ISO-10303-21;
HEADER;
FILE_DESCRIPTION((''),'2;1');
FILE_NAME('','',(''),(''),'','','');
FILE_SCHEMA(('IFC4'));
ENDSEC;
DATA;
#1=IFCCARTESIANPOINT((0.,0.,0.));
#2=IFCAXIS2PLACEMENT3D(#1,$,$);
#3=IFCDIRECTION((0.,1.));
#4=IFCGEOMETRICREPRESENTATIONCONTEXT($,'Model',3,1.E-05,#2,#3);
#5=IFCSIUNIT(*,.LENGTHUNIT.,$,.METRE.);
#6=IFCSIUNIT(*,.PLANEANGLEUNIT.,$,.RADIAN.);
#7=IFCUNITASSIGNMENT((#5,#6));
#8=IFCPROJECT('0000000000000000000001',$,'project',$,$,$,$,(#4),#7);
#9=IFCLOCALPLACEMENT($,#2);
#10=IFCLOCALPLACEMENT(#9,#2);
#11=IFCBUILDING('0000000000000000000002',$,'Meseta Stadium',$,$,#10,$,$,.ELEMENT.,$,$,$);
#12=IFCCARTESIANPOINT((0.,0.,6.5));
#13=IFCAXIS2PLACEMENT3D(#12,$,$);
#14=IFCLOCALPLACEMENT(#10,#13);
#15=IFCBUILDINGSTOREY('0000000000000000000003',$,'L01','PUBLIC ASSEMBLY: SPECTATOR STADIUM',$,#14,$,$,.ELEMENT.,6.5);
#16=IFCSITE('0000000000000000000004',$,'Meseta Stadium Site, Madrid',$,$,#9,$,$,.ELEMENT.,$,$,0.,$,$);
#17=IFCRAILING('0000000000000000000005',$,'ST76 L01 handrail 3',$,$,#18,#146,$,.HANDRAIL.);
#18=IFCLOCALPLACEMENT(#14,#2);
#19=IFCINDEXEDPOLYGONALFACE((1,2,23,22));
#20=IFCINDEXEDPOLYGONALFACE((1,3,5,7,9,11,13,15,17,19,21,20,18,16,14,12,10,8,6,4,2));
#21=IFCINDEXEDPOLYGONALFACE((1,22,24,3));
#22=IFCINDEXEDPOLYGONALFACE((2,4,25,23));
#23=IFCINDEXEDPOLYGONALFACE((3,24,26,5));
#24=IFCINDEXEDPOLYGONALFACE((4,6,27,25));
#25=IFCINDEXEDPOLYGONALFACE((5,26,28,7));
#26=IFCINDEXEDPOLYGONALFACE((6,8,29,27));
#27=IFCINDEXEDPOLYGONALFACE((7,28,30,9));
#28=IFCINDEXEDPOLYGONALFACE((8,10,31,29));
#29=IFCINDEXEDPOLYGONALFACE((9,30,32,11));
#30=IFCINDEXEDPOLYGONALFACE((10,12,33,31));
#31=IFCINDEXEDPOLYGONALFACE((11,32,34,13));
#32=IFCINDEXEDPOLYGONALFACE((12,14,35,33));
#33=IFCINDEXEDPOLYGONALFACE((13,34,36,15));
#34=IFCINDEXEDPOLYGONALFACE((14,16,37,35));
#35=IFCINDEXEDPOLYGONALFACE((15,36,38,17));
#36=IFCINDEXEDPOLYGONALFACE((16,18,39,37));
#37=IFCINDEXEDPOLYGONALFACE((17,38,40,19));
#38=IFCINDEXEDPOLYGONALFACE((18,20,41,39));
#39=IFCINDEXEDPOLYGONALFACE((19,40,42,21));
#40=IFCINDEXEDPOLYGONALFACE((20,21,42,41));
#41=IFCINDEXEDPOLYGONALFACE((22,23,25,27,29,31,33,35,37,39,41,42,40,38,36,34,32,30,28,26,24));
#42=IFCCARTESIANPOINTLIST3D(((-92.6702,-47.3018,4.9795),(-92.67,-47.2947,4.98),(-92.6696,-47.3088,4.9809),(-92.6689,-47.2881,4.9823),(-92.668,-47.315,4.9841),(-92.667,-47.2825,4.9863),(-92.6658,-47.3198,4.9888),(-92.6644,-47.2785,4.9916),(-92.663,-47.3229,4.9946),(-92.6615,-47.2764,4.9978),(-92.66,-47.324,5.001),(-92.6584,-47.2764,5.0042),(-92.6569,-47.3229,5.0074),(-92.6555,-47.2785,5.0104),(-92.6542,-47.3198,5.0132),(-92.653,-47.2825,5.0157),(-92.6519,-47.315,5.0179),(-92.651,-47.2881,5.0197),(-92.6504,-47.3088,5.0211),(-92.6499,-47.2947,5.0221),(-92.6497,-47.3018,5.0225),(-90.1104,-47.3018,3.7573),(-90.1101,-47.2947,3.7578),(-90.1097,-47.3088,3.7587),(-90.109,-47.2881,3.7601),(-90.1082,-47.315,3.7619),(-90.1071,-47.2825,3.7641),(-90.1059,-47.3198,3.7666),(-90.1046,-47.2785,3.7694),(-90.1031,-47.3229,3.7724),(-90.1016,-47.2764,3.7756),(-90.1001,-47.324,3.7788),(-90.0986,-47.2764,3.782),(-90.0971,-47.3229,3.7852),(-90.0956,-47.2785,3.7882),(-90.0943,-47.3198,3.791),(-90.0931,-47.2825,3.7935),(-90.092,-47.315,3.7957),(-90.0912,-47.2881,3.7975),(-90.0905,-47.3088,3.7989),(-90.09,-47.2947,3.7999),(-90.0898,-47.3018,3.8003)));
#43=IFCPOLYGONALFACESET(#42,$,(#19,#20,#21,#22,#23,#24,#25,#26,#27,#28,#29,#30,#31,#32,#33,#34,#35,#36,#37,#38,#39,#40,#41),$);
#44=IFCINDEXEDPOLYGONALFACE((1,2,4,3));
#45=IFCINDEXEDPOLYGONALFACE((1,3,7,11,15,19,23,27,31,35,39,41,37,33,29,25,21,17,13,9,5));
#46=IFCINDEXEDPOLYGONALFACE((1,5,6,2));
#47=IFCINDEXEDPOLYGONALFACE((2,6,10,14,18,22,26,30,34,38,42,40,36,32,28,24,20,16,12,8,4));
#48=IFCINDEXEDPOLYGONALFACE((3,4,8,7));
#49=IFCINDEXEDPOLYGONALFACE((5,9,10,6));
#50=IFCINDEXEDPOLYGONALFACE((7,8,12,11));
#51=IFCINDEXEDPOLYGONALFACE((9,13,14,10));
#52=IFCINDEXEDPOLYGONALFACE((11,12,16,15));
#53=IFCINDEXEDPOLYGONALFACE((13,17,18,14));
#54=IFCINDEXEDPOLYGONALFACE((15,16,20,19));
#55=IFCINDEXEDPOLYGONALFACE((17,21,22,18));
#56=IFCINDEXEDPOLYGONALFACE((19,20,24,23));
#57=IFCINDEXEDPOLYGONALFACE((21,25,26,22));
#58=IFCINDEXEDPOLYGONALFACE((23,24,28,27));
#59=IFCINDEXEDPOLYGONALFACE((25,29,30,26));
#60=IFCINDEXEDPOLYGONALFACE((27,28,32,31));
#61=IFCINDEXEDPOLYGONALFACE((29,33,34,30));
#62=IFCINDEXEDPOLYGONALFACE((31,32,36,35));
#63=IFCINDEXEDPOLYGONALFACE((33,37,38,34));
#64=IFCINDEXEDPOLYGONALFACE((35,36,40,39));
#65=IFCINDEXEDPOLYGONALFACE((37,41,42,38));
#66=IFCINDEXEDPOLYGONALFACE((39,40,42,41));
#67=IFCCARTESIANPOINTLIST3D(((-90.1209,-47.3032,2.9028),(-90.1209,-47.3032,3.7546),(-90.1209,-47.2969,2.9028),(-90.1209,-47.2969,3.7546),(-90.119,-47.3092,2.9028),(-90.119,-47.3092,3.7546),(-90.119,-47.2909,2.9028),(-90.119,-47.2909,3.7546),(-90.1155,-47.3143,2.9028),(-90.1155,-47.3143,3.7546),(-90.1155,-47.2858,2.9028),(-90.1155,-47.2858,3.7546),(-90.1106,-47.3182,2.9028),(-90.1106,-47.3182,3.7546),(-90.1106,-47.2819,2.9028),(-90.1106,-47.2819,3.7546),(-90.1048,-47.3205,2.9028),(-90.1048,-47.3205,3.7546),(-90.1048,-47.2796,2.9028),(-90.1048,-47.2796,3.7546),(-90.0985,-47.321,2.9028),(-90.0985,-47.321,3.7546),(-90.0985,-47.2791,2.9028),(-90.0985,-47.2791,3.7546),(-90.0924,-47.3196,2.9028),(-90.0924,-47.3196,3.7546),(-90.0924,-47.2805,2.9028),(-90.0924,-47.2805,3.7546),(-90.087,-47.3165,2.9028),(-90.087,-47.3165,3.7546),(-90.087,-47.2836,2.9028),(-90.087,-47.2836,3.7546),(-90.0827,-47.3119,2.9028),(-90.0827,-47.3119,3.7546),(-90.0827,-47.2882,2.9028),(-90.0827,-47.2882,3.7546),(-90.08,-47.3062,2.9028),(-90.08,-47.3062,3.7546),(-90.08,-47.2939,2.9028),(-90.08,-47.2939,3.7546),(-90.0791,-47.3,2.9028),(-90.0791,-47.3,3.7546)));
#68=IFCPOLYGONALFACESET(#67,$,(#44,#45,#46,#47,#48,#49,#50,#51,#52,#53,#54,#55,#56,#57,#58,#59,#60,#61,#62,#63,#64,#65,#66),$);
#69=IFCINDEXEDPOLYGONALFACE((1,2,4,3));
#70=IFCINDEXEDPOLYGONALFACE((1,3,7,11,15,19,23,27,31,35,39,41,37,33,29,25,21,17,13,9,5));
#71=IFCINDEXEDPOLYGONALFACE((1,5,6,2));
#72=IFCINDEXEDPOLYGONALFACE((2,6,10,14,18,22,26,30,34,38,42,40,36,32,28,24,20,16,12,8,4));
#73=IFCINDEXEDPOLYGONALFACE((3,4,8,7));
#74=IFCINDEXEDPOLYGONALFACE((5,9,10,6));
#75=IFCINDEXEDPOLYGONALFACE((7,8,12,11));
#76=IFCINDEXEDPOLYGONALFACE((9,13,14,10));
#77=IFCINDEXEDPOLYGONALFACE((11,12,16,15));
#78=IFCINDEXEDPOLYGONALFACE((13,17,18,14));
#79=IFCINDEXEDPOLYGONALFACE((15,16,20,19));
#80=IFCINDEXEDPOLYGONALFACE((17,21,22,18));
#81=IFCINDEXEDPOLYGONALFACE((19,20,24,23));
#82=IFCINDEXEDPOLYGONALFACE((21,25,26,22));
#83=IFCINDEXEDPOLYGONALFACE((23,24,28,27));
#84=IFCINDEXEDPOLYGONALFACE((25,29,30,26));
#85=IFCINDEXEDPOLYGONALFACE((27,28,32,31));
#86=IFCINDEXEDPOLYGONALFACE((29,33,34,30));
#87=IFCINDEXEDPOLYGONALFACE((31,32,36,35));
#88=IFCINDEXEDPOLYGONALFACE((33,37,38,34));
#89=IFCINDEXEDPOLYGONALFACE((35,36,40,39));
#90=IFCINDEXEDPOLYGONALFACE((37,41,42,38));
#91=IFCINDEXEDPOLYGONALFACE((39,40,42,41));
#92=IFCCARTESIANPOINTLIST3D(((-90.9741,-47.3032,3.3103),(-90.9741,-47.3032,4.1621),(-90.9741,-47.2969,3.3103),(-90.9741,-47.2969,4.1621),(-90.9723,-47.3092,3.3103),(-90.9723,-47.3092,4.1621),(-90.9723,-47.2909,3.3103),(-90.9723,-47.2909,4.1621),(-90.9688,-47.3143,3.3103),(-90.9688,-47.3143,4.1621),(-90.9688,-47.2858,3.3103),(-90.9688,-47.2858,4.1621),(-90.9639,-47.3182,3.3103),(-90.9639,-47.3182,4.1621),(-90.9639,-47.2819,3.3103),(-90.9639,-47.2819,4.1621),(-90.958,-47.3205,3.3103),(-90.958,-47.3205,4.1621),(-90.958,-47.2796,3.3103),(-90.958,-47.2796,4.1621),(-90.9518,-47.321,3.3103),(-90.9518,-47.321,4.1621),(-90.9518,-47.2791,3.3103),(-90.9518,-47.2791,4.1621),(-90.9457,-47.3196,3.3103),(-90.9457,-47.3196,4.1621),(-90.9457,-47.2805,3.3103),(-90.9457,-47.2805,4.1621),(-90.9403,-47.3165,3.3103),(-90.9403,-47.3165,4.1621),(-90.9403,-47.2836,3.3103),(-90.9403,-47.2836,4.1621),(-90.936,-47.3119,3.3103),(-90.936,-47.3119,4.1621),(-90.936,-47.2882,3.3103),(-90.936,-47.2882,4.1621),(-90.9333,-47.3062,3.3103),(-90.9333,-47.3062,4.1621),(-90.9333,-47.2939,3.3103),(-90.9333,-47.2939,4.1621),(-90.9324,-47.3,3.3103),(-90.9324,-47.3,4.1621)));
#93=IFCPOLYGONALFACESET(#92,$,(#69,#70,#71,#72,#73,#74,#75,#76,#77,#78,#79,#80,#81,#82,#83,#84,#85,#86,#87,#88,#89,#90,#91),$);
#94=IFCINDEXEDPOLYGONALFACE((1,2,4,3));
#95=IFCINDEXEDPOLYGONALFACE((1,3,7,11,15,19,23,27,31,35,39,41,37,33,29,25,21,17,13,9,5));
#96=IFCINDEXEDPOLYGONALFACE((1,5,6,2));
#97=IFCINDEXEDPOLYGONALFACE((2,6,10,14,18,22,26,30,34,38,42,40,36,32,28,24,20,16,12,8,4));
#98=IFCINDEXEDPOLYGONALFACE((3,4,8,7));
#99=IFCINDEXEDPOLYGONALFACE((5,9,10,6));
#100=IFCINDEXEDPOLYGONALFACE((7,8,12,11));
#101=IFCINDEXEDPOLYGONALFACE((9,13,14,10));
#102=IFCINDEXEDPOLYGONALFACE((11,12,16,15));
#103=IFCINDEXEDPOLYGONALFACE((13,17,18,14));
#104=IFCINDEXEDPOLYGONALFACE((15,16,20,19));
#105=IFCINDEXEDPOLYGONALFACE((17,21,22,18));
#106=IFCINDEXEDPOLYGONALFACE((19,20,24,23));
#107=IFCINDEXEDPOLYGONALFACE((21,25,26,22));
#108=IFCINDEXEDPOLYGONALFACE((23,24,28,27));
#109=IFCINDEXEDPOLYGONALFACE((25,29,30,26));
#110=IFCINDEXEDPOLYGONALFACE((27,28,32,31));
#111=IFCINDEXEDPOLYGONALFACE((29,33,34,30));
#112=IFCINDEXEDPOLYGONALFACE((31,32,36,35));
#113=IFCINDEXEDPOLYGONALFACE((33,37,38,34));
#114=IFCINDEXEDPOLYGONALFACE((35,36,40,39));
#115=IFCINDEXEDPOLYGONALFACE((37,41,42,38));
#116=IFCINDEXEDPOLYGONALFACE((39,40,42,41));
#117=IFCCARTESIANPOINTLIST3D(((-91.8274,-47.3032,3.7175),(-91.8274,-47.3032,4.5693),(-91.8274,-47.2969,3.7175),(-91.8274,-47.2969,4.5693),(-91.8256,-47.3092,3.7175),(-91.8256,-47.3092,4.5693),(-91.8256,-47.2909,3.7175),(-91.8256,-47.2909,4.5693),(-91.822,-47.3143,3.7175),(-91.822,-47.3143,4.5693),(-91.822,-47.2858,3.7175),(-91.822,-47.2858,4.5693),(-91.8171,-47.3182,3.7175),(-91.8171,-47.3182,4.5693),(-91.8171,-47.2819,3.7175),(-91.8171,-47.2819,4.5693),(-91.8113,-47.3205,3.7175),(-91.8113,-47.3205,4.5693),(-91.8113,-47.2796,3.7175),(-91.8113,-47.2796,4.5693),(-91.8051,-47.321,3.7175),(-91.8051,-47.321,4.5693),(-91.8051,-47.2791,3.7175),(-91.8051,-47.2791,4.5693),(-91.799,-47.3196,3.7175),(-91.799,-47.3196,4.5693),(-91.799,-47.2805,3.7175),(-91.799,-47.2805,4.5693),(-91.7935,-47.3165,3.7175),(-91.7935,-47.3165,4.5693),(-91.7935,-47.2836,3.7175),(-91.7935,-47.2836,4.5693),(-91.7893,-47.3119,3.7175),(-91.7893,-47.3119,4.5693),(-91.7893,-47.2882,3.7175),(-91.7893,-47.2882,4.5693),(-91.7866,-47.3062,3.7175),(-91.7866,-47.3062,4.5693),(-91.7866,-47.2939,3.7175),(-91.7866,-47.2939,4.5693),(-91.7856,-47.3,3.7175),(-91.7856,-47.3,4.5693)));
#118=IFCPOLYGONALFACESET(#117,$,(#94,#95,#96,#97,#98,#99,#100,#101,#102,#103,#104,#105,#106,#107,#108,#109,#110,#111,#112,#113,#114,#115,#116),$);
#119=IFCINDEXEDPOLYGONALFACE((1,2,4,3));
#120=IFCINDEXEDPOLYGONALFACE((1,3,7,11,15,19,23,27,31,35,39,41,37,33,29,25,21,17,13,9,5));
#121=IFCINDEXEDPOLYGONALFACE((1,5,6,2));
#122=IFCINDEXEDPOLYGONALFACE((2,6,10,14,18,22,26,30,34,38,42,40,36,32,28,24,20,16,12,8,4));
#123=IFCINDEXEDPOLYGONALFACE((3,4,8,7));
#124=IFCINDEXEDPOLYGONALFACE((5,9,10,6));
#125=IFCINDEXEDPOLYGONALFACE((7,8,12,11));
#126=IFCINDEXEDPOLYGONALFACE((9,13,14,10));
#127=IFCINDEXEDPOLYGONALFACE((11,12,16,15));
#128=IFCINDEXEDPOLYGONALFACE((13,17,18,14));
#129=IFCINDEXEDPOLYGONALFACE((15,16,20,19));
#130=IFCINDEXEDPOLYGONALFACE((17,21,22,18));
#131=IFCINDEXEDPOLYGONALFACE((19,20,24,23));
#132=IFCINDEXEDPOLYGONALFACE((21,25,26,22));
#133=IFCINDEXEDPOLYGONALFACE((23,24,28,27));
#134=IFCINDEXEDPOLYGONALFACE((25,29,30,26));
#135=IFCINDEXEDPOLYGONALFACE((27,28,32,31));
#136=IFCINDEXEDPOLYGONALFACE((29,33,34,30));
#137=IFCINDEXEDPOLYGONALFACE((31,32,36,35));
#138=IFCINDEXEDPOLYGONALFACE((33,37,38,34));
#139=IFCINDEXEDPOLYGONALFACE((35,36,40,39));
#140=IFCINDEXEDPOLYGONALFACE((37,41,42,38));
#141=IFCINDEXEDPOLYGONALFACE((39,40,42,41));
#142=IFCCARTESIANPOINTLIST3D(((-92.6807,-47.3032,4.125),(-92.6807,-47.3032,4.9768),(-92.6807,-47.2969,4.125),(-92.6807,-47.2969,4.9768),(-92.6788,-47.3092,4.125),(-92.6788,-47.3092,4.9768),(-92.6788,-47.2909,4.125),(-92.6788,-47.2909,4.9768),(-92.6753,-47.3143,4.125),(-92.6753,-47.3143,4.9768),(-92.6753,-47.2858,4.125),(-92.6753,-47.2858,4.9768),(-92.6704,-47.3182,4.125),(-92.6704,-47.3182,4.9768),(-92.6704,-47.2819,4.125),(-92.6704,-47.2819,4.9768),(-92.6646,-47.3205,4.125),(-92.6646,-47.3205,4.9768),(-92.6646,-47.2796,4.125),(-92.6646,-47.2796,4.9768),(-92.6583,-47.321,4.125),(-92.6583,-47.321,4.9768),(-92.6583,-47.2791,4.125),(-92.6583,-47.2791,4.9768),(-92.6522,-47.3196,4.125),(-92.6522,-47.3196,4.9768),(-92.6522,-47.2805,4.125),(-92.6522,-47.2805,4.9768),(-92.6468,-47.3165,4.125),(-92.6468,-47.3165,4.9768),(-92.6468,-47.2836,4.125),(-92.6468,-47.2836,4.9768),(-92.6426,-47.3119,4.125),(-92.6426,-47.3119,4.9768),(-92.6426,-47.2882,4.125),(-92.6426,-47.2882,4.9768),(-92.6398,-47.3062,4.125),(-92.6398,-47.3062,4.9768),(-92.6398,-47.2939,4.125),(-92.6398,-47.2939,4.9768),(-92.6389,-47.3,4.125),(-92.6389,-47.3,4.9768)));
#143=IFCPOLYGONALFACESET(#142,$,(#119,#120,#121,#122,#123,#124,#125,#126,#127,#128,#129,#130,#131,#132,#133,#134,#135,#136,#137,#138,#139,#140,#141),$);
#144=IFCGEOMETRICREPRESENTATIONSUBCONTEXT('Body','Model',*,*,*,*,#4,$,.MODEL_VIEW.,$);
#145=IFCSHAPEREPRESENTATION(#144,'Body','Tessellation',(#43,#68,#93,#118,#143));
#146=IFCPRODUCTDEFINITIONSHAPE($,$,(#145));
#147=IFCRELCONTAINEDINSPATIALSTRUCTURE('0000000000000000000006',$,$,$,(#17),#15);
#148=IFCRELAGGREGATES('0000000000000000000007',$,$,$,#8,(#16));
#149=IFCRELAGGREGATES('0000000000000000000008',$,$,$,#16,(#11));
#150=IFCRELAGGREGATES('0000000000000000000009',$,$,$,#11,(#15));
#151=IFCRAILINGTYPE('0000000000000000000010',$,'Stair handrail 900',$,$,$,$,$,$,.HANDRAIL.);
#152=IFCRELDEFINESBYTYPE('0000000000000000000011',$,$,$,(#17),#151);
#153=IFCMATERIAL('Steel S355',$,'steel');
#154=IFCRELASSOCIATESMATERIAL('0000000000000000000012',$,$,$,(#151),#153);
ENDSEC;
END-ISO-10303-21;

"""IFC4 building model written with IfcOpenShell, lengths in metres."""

from ifc_helpers import new_model, si_unit, direction, frame, origin, origin_2d, place, context, subcontext, project, spatial, circle, extrude, material, type_object, element, save


model = new_model("IFC4")

# Units and contexts
model_context = context("Model", 3, precision=1e-05, world=origin(), true_north=direction((0.0, 1.0)))
body_context = subcontext(model_context, "Body", "Model", "MODEL_VIEW")
ifc_project = project(units=[si_unit("LENGTHUNIT", "METRE"), si_unit("PLANEANGLEUNIT", "RADIAN")], contexts=[model_context])

# Site, building, storey
site_placement = place(None, origin())
site = spatial("IfcSite", under=ifc_project, at=site_placement, Name="Meseta Stadium Site, Madrid", CompositionType="ELEMENT", RefElevation=0.0)
building_placement = place(site_placement, origin())
building = spatial("IfcBuilding", under=site, at=building_placement, Name="Meseta Stadium", CompositionType="ELEMENT")
storey_placement = place(building_placement, frame((0.0, 0.0, 6.5)))
storey = spatial("IfcBuildingStorey", under=building, at=storey_placement, Name="L01", Description="PUBLIC ASSEMBLY: SPECTATOR STADIUM", CompositionType="ELEMENT", Elevation=6.5)

# Railing
ifc_material_1 = material(Name="Steel S355", Category="steel")
railing_type_1 = type_object("IfcRailingType", Name="Stair handrail 900", PredefinedType="HANDRAIL", material=ifc_material_1)
for number, where, name in (
    (1, (-90.1001, -47.3, 2.9028), "ST76 L01 handrail 3"),
):
    element("IfcRailing", number, at=place(storey_placement, frame(where)), inside=storey, type_object=railing_type_1, Name=name, PredefinedType="HANDRAIL", context=body_context, shape_type="SweptSolid", body=[
        extrude(circle(Radius=0.0239, at=origin_2d()), frame((0.0, 0.0, 0.876), z_axis=(-0.902421, 0.0, 0.430855), x_axis=(0.0, -1.0, 0.0)), (0.0, 0.0, 1.0), 2.8367),
        extrude(circle(Radius=0.021, at=origin_2d()), origin(), (0.0, 0.0, 1.0), 0.8518),
        extrude(circle(Radius=0.021, at=origin_2d()), frame((-0.8533, 0.0, 0.4075)), (0.0, 0.0, 1.0), 0.8518),
        extrude(circle(Radius=0.021, at=origin_2d()), frame((-1.7065, 0.0, 0.8147)), (0.0, 0.0, 1.0), 0.8518),
        extrude(circle(Radius=0.021, at=origin_2d()), frame((-2.5598, 0.0, 1.2222)), (0.0, 0.0, 1.0), 0.8518),
    ])

save(model, "model.ifc")
